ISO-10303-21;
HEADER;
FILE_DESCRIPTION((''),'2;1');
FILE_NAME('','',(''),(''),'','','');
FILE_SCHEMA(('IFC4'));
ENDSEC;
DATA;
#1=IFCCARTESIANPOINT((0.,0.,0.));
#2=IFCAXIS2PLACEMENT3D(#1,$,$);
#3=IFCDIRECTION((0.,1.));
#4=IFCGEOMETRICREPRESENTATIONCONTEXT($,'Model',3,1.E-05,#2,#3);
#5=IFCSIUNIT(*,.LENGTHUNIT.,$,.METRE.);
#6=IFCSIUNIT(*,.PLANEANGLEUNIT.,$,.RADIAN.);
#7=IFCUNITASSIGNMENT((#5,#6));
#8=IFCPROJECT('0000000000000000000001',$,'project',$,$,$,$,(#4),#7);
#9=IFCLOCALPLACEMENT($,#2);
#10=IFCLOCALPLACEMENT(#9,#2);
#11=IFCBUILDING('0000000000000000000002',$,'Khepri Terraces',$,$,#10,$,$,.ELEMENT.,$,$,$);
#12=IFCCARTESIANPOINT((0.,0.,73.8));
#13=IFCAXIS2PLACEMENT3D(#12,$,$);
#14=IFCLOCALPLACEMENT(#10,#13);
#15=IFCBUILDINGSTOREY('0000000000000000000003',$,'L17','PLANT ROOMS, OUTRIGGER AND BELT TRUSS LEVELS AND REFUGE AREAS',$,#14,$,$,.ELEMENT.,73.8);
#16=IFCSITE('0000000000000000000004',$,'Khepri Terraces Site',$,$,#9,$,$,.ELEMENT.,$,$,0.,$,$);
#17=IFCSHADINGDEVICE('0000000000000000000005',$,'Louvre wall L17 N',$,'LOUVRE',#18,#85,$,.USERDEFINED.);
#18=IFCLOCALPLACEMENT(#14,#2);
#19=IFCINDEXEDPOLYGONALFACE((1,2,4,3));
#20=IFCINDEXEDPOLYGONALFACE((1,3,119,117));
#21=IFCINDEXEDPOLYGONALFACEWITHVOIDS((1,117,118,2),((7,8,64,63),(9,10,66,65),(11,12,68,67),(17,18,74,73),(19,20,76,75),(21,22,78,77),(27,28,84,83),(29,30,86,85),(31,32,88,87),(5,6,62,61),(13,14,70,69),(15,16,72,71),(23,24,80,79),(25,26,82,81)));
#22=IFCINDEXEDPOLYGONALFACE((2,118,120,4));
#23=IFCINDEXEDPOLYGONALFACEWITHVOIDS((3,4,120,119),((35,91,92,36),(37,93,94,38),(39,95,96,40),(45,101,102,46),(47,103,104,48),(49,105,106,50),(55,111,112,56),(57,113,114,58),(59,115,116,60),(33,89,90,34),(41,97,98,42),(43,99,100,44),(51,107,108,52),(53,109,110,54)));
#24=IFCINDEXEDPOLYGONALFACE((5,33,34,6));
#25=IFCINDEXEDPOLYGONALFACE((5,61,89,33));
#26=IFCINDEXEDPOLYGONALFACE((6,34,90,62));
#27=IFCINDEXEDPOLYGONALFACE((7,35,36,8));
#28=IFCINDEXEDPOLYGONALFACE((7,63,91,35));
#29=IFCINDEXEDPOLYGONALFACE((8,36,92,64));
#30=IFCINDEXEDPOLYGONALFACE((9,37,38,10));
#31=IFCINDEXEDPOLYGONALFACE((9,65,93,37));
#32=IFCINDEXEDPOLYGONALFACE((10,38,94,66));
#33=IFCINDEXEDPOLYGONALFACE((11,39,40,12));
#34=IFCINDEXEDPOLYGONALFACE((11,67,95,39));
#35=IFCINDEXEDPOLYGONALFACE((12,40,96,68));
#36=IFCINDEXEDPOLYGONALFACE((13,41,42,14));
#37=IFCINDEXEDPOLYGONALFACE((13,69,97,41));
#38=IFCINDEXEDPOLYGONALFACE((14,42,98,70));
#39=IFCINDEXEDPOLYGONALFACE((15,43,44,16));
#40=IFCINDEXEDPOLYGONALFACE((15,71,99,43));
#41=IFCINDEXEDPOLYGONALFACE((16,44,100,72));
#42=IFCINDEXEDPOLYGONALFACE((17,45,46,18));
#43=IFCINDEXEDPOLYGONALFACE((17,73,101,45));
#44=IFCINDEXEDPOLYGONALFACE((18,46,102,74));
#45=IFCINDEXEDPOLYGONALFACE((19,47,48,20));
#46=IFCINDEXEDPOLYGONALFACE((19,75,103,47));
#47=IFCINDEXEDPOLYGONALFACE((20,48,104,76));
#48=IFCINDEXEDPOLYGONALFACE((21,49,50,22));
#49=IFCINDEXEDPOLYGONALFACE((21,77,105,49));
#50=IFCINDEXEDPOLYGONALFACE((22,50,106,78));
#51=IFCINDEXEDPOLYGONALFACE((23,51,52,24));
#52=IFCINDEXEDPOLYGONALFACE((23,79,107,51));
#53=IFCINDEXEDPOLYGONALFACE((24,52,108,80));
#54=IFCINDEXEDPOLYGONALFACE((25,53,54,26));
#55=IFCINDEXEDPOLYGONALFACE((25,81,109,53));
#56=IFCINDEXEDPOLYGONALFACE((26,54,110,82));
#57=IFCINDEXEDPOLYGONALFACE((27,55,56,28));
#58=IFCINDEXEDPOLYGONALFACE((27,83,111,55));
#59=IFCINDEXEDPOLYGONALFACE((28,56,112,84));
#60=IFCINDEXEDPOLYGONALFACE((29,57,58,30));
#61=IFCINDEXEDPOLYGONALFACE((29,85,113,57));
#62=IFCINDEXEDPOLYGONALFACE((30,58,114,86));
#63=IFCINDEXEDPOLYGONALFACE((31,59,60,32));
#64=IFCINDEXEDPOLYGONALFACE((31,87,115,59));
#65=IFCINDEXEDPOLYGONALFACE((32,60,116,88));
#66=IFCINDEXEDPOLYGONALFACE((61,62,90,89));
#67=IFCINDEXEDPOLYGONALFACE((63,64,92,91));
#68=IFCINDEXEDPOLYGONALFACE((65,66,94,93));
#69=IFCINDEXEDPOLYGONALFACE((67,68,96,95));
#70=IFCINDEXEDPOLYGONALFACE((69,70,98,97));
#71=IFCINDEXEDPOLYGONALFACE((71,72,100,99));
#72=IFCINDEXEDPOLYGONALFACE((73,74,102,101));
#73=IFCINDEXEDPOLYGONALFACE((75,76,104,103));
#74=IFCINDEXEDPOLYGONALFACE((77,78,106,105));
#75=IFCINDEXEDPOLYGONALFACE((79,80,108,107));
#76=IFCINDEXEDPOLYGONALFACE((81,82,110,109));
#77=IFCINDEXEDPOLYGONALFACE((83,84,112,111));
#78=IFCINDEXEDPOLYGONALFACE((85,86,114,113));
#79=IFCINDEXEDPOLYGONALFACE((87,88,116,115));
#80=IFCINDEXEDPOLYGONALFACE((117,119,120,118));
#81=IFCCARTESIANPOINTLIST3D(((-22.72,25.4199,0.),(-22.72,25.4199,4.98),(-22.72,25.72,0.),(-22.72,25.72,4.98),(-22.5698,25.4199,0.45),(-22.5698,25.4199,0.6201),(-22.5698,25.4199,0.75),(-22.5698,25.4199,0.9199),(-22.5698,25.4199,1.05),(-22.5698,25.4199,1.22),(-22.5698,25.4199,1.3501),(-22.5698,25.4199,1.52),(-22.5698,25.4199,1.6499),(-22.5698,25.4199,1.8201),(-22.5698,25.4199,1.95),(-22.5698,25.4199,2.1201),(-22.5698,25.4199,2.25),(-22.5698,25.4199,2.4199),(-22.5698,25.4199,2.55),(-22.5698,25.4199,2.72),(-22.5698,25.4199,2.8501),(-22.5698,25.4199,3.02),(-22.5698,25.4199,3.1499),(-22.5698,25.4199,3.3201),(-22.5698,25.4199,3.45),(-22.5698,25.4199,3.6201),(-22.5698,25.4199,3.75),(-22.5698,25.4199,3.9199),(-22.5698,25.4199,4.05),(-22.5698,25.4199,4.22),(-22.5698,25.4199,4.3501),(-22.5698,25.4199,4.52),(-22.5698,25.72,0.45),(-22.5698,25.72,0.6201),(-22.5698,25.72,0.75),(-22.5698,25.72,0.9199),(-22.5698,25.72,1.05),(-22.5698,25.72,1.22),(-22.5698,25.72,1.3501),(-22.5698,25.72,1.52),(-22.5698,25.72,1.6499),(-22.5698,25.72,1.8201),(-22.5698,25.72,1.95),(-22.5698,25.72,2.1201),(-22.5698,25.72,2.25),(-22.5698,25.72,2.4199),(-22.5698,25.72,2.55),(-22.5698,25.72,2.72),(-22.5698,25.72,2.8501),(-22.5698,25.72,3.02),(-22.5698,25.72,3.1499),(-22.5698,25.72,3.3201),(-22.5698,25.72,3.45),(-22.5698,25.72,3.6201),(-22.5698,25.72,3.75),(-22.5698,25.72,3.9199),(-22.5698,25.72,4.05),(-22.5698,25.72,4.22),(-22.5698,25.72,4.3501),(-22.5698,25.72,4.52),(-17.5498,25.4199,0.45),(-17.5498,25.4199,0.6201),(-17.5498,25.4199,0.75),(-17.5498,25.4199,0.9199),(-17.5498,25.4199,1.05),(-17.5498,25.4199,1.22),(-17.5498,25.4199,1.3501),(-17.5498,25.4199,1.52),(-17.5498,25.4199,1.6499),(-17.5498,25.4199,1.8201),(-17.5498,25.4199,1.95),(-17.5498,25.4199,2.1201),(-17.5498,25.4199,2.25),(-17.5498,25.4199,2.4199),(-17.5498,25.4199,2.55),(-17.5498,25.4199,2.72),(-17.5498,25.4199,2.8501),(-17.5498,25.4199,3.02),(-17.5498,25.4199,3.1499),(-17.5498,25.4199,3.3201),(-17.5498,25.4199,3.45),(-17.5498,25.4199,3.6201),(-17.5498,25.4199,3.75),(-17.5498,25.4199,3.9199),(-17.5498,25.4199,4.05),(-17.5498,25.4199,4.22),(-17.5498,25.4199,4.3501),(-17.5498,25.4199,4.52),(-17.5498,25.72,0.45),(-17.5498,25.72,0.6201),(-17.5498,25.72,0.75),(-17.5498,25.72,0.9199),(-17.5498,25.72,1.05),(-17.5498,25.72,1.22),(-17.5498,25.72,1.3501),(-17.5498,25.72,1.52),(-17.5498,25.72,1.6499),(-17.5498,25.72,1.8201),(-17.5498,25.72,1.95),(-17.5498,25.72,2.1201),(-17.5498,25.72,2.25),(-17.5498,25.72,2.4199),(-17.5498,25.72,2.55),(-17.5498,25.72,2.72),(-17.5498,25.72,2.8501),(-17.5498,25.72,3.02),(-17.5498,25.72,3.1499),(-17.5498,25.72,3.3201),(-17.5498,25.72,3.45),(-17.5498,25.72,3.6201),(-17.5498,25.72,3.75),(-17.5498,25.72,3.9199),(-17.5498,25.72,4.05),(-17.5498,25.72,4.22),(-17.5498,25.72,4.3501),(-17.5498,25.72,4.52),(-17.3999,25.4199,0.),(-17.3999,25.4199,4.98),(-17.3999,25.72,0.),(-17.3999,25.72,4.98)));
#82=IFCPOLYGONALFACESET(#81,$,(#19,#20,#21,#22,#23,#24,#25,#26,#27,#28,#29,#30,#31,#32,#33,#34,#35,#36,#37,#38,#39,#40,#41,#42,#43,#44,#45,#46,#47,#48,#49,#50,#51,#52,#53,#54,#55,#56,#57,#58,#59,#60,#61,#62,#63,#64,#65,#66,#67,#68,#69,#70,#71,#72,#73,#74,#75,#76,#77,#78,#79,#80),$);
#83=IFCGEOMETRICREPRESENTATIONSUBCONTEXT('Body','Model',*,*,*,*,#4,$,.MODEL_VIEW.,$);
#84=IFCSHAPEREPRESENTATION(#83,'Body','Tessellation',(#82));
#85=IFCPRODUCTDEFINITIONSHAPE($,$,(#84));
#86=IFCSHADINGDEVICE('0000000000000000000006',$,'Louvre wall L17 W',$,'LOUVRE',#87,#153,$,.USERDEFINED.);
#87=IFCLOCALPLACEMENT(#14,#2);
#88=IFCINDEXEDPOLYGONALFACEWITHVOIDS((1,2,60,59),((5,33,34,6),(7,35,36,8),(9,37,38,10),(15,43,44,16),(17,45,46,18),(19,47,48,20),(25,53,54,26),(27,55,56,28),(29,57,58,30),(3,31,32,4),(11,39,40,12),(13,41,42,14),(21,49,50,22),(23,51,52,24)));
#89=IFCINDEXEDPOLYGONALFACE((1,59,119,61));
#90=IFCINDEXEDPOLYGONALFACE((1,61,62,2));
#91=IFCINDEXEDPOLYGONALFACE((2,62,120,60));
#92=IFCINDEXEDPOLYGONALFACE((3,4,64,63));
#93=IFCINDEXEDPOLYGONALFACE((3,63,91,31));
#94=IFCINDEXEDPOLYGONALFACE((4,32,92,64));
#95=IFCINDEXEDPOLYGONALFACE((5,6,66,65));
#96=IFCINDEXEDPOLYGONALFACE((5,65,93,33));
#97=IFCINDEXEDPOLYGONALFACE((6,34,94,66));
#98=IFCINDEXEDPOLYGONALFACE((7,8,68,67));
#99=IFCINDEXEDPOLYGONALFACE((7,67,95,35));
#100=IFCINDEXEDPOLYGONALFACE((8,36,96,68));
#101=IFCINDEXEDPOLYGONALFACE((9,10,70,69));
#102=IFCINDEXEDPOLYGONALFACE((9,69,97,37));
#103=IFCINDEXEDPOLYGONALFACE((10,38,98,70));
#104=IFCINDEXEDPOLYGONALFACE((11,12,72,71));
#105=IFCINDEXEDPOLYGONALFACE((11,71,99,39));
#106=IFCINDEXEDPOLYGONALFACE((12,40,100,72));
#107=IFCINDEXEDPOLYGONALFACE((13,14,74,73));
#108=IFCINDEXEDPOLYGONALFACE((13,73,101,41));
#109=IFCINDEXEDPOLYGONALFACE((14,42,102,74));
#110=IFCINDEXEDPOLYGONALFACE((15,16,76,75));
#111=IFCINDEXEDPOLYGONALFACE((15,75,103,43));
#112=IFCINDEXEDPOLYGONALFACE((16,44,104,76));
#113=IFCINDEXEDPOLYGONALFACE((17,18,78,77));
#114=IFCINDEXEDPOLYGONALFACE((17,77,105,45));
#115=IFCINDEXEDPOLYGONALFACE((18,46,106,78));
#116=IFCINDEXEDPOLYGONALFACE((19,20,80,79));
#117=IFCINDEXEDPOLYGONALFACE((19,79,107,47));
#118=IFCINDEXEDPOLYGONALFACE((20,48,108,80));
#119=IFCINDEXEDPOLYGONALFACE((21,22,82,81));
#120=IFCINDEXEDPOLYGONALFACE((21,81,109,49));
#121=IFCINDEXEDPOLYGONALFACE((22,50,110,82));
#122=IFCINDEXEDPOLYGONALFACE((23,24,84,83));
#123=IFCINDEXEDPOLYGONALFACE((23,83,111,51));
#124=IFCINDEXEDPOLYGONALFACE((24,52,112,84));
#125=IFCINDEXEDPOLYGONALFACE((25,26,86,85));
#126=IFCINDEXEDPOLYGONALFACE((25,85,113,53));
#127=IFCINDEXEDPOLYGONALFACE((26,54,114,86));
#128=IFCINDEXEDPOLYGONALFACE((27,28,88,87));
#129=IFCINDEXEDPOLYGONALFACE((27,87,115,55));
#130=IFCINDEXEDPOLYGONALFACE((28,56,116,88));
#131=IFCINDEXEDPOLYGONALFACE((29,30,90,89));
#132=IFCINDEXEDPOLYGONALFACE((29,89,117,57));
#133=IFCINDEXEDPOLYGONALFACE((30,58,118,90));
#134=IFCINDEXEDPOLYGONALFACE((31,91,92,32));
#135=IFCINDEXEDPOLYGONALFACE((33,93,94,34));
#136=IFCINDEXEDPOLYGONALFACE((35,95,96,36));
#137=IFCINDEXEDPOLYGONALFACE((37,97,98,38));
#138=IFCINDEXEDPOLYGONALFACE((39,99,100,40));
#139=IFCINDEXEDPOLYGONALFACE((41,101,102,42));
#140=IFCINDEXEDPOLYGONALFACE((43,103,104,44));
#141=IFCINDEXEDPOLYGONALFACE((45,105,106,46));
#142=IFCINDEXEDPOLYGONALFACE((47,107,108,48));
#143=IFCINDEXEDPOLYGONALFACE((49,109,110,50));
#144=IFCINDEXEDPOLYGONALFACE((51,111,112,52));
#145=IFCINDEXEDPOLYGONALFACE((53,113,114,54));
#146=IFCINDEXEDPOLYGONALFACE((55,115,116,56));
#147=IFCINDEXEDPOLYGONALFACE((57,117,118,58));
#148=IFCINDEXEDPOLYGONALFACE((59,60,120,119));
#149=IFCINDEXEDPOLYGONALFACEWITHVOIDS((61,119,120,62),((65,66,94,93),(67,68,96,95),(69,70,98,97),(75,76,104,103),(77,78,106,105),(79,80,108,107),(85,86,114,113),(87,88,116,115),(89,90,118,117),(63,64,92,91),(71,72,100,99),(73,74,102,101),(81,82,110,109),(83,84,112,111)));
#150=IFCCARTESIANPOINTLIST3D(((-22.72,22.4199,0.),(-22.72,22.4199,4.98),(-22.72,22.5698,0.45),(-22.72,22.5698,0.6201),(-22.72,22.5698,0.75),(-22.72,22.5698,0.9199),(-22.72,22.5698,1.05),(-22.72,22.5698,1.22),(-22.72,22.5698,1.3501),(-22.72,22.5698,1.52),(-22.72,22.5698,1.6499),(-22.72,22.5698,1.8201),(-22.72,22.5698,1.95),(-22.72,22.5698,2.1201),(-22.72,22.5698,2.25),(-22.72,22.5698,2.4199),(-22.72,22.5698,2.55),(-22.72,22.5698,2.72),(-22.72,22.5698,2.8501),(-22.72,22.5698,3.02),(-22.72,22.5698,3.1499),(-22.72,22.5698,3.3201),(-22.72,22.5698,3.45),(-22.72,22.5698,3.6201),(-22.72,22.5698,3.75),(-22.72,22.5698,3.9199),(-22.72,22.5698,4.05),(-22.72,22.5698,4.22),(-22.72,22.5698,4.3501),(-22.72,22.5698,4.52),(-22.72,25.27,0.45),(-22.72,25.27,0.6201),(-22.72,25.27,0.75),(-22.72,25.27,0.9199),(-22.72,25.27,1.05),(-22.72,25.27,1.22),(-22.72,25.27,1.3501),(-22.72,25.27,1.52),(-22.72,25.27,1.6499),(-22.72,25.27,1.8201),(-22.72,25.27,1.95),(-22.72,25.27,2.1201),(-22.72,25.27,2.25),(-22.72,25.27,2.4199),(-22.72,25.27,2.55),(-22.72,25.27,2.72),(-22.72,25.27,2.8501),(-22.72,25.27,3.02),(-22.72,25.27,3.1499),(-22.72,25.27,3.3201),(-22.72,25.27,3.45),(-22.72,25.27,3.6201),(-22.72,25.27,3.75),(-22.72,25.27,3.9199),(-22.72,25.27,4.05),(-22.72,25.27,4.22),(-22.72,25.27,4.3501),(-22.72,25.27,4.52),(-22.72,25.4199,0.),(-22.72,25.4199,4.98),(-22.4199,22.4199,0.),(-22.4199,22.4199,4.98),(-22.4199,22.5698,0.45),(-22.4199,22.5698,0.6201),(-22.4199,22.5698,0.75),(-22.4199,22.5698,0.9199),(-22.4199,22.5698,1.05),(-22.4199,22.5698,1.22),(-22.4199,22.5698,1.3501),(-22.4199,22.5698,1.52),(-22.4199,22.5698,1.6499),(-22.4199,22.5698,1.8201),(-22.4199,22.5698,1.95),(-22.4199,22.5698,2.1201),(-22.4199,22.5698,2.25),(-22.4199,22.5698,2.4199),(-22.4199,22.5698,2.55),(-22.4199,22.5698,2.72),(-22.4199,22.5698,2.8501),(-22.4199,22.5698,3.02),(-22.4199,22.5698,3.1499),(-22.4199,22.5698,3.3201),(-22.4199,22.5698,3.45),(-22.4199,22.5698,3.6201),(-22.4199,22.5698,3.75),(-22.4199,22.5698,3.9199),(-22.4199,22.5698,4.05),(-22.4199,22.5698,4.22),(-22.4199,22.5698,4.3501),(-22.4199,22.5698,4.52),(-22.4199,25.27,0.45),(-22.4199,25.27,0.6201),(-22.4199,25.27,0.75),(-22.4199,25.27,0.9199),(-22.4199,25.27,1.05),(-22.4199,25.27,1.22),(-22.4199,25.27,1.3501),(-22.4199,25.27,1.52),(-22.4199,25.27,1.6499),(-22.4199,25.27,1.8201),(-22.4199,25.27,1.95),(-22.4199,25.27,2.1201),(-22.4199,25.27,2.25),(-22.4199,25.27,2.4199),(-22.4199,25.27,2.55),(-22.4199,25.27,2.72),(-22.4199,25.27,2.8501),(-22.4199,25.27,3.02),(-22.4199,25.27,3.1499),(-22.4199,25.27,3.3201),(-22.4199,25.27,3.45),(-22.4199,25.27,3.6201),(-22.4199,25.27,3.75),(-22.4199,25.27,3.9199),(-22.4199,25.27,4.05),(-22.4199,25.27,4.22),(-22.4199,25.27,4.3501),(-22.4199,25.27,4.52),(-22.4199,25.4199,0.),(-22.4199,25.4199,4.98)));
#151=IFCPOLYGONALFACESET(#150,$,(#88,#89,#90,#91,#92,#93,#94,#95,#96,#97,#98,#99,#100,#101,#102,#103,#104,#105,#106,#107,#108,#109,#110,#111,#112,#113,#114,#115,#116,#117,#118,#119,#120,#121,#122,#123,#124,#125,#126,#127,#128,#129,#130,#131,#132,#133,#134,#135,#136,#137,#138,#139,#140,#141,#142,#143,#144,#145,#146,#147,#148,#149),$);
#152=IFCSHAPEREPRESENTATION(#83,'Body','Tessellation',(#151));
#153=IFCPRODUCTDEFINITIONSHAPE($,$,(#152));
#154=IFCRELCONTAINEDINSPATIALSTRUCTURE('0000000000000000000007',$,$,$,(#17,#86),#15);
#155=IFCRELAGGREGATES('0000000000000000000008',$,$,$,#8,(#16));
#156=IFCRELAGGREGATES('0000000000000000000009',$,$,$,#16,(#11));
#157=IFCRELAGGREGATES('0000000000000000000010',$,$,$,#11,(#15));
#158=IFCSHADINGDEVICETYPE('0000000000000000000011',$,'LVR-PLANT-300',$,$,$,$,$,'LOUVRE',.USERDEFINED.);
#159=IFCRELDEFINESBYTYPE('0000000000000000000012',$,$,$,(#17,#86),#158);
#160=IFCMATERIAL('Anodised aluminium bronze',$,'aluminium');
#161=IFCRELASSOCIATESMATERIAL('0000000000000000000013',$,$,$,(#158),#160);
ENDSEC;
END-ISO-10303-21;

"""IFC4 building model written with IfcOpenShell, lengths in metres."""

from ifc_helpers import new_model, si_unit, direction, frame, origin, place, context, subcontext, project, spatial, polyline, outline, extrude, material, type_object, element, save


model = new_model("IFC4")

# Units and contexts
model_context = context("Model", 3, precision=1e-05, world=origin(), true_north=direction((0.0, 1.0)))
body_context = subcontext(model_context, "Body", "Model", "MODEL_VIEW")
ifc_project = project(units=[si_unit("LENGTHUNIT", "METRE"), si_unit("PLANEANGLEUNIT", "RADIAN")], contexts=[model_context])

# Site, building, storey
site_placement = place(None, origin())
site = spatial("IfcSite", under=ifc_project, at=site_placement, Name="Khepri Terraces Site", CompositionType="ELEMENT", RefElevation=0.0)
building_placement = place(site_placement, origin())
building = spatial("IfcBuilding", under=site, at=building_placement, Name="Khepri Terraces", CompositionType="ELEMENT")
storey_placement = place(building_placement, frame((0.0, 0.0, 73.8)))
storey = spatial("IfcBuildingStorey", under=building, at=storey_placement, Name="L17", Description="PLANT ROOMS, OUTRIGGER AND BELT TRUSS LEVELS AND REFUGE AREAS", CompositionType="ELEMENT", Elevation=73.8)

# Shading devices
ifc_material_1 = material(Name="Anodised aluminium bronze", Category="aluminium")
shading_device_type = type_object("IfcShadingDeviceType", Name="LVR-PLANT-300", ElementType="LOUVRE", PredefinedType="USERDEFINED", material=ifc_material_1)
shading_device_1_placement = place(storey_placement, frame((-17.3999, 25.4199, 0.0), z_axis=(0.0, 1.0, 0.0), x_axis=(-1.0, 0.0, 0.0)))
element("IfcShadingDevice", 1, at=shading_device_1_placement, inside=storey, type_object=shading_device_type, Name="Louvre wall L17 N", ObjectType="LOUVRE", PredefinedType="USERDEFINED", context=body_context, shape_type="SweptSolid", body=[
    extrude(outline(polyline([(0.0, 0.0), (5.3201, 0.0), (5.3201, 4.98), (0.0, 4.98), (0.0, 0.0)]), holes=[polyline([(0.1499, 0.45), (5.1699, 0.45), (5.1699, 0.6201), (0.1499, 0.6201), (0.1499, 0.45)]), polyline([(0.1499, 0.75), (5.1699, 0.75), (5.1699, 0.9199), (0.1499, 0.9199), (0.1499, 0.75)]), polyline([(0.1499, 1.05), (5.1699, 1.05), (5.1699, 1.22), (0.1499, 1.22), (0.1499, 1.05)]), polyline([(0.1499, 1.3501), (5.1699, 1.3501), (5.1699, 1.52), (0.1499, 1.52), (0.1499, 1.3501)]), polyline([(0.1499, 1.6499), (5.1699, 1.6499), (5.1699, 1.8201), (0.1499, 1.8201), (0.1499, 1.6499)]), polyline([(0.1499, 1.95), (5.1699, 1.95), (5.1699, 2.1201), (0.1499, 2.1201), (0.1499, 1.95)]), polyline([(0.1499, 2.25), (5.1699, 2.25), (5.1699, 2.4199), (0.1499, 2.4199), (0.1499, 2.25)]), polyline([(0.1499, 2.55), (5.1699, 2.55), (5.1699, 2.72), (0.1499, 2.72), (0.1499, 2.55)]), polyline([(0.1499, 2.8501), (5.1699, 2.8501), (5.1699, 3.02), (0.1499, 3.02), (0.1499, 2.8501)]), polyline([(0.1499, 3.1499), (5.1699, 3.1499), (5.1699, 3.3201), (0.1499, 3.3201), (0.1499, 3.1499)]), polyline([(0.1499, 3.45), (5.1699, 3.45), (5.1699, 3.6201), (0.1499, 3.6201), (0.1499, 3.45)]), polyline([(0.1499, 3.75), (5.1699, 3.75), (5.1699, 3.9199), (0.1499, 3.9199), (0.1499, 3.75)]), polyline([(0.1499, 4.05), (5.1699, 4.05), (5.1699, 4.22), (0.1499, 4.22), (0.1499, 4.05)]), polyline([(0.1499, 4.3501), (5.1699, 4.3501), (5.1699, 4.52), (0.1499, 4.52), (0.1499, 4.3501)])]), origin(), (0.0, 0.0, 1.0), 0.3),
])
shading_device_2_placement = place(storey_placement, frame((-22.4199, 25.4199, 0.0), z_axis=(-1.0, 0.0, 0.0), x_axis=(0.0, -1.0, 0.0)))
element("IfcShadingDevice", 2, at=shading_device_2_placement, inside=storey, type_object=shading_device_type, Name="Louvre wall L17 W", ObjectType="LOUVRE", PredefinedType="USERDEFINED", context=body_context, shape_type="SweptSolid", body=[
    extrude(outline(polyline([(0.0, 0.0), (3.0, 0.0), (3.0, 4.98), (0.0, 4.98), (0.0, 0.0)]), holes=[polyline([(0.1499, 0.45), (2.8501, 0.45), (2.8501, 0.6201), (0.1499, 0.6201), (0.1499, 0.45)]), polyline([(0.1499, 0.75), (2.8501, 0.75), (2.8501, 0.9199), (0.1499, 0.9199), (0.1499, 0.75)]), polyline([(0.1499, 1.05), (2.8501, 1.05), (2.8501, 1.22), (0.1499, 1.22), (0.1499, 1.05)]), polyline([(0.1499, 1.3501), (2.8501, 1.3501), (2.8501, 1.52), (0.1499, 1.52), (0.1499, 1.3501)]), polyline([(0.1499, 1.6499), (2.8501, 1.6499), (2.8501, 1.8201), (0.1499, 1.8201), (0.1499, 1.6499)]), polyline([(0.1499, 1.95), (2.8501, 1.95), (2.8501, 2.1201), (0.1499, 2.1201), (0.1499, 1.95)]), polyline([(0.1499, 2.25), (2.8501, 2.25), (2.8501, 2.4199), (0.1499, 2.4199), (0.1499, 2.25)]), polyline([(0.1499, 2.55), (2.8501, 2.55), (2.8501, 2.72), (0.1499, 2.72), (0.1499, 2.55)]), polyline([(0.1499, 2.8501), (2.8501, 2.8501), (2.8501, 3.02), (0.1499, 3.02), (0.1499, 2.8501)]), polyline([(0.1499, 3.1499), (2.8501, 3.1499), (2.8501, 3.3201), (0.1499, 3.3201), (0.1499, 3.1499)]), polyline([(0.1499, 3.45), (2.8501, 3.45), (2.8501, 3.6201), (0.1499, 3.6201), (0.1499, 3.45)]), polyline([(0.1499, 3.75), (2.8501, 3.75), (2.8501, 3.9199), (0.1499, 3.9199), (0.1499, 3.75)]), polyline([(0.1499, 4.05), (2.8501, 4.05), (2.8501, 4.22), (0.1499, 4.22), (0.1499, 4.05)]), polyline([(0.1499, 4.3501), (2.8501, 4.3501), (2.8501, 4.52), (0.1499, 4.52), (0.1499, 4.3501)])]), origin(), (0.0, 0.0, 1.0), 0.3),
])

save(model, "model.ifc")
